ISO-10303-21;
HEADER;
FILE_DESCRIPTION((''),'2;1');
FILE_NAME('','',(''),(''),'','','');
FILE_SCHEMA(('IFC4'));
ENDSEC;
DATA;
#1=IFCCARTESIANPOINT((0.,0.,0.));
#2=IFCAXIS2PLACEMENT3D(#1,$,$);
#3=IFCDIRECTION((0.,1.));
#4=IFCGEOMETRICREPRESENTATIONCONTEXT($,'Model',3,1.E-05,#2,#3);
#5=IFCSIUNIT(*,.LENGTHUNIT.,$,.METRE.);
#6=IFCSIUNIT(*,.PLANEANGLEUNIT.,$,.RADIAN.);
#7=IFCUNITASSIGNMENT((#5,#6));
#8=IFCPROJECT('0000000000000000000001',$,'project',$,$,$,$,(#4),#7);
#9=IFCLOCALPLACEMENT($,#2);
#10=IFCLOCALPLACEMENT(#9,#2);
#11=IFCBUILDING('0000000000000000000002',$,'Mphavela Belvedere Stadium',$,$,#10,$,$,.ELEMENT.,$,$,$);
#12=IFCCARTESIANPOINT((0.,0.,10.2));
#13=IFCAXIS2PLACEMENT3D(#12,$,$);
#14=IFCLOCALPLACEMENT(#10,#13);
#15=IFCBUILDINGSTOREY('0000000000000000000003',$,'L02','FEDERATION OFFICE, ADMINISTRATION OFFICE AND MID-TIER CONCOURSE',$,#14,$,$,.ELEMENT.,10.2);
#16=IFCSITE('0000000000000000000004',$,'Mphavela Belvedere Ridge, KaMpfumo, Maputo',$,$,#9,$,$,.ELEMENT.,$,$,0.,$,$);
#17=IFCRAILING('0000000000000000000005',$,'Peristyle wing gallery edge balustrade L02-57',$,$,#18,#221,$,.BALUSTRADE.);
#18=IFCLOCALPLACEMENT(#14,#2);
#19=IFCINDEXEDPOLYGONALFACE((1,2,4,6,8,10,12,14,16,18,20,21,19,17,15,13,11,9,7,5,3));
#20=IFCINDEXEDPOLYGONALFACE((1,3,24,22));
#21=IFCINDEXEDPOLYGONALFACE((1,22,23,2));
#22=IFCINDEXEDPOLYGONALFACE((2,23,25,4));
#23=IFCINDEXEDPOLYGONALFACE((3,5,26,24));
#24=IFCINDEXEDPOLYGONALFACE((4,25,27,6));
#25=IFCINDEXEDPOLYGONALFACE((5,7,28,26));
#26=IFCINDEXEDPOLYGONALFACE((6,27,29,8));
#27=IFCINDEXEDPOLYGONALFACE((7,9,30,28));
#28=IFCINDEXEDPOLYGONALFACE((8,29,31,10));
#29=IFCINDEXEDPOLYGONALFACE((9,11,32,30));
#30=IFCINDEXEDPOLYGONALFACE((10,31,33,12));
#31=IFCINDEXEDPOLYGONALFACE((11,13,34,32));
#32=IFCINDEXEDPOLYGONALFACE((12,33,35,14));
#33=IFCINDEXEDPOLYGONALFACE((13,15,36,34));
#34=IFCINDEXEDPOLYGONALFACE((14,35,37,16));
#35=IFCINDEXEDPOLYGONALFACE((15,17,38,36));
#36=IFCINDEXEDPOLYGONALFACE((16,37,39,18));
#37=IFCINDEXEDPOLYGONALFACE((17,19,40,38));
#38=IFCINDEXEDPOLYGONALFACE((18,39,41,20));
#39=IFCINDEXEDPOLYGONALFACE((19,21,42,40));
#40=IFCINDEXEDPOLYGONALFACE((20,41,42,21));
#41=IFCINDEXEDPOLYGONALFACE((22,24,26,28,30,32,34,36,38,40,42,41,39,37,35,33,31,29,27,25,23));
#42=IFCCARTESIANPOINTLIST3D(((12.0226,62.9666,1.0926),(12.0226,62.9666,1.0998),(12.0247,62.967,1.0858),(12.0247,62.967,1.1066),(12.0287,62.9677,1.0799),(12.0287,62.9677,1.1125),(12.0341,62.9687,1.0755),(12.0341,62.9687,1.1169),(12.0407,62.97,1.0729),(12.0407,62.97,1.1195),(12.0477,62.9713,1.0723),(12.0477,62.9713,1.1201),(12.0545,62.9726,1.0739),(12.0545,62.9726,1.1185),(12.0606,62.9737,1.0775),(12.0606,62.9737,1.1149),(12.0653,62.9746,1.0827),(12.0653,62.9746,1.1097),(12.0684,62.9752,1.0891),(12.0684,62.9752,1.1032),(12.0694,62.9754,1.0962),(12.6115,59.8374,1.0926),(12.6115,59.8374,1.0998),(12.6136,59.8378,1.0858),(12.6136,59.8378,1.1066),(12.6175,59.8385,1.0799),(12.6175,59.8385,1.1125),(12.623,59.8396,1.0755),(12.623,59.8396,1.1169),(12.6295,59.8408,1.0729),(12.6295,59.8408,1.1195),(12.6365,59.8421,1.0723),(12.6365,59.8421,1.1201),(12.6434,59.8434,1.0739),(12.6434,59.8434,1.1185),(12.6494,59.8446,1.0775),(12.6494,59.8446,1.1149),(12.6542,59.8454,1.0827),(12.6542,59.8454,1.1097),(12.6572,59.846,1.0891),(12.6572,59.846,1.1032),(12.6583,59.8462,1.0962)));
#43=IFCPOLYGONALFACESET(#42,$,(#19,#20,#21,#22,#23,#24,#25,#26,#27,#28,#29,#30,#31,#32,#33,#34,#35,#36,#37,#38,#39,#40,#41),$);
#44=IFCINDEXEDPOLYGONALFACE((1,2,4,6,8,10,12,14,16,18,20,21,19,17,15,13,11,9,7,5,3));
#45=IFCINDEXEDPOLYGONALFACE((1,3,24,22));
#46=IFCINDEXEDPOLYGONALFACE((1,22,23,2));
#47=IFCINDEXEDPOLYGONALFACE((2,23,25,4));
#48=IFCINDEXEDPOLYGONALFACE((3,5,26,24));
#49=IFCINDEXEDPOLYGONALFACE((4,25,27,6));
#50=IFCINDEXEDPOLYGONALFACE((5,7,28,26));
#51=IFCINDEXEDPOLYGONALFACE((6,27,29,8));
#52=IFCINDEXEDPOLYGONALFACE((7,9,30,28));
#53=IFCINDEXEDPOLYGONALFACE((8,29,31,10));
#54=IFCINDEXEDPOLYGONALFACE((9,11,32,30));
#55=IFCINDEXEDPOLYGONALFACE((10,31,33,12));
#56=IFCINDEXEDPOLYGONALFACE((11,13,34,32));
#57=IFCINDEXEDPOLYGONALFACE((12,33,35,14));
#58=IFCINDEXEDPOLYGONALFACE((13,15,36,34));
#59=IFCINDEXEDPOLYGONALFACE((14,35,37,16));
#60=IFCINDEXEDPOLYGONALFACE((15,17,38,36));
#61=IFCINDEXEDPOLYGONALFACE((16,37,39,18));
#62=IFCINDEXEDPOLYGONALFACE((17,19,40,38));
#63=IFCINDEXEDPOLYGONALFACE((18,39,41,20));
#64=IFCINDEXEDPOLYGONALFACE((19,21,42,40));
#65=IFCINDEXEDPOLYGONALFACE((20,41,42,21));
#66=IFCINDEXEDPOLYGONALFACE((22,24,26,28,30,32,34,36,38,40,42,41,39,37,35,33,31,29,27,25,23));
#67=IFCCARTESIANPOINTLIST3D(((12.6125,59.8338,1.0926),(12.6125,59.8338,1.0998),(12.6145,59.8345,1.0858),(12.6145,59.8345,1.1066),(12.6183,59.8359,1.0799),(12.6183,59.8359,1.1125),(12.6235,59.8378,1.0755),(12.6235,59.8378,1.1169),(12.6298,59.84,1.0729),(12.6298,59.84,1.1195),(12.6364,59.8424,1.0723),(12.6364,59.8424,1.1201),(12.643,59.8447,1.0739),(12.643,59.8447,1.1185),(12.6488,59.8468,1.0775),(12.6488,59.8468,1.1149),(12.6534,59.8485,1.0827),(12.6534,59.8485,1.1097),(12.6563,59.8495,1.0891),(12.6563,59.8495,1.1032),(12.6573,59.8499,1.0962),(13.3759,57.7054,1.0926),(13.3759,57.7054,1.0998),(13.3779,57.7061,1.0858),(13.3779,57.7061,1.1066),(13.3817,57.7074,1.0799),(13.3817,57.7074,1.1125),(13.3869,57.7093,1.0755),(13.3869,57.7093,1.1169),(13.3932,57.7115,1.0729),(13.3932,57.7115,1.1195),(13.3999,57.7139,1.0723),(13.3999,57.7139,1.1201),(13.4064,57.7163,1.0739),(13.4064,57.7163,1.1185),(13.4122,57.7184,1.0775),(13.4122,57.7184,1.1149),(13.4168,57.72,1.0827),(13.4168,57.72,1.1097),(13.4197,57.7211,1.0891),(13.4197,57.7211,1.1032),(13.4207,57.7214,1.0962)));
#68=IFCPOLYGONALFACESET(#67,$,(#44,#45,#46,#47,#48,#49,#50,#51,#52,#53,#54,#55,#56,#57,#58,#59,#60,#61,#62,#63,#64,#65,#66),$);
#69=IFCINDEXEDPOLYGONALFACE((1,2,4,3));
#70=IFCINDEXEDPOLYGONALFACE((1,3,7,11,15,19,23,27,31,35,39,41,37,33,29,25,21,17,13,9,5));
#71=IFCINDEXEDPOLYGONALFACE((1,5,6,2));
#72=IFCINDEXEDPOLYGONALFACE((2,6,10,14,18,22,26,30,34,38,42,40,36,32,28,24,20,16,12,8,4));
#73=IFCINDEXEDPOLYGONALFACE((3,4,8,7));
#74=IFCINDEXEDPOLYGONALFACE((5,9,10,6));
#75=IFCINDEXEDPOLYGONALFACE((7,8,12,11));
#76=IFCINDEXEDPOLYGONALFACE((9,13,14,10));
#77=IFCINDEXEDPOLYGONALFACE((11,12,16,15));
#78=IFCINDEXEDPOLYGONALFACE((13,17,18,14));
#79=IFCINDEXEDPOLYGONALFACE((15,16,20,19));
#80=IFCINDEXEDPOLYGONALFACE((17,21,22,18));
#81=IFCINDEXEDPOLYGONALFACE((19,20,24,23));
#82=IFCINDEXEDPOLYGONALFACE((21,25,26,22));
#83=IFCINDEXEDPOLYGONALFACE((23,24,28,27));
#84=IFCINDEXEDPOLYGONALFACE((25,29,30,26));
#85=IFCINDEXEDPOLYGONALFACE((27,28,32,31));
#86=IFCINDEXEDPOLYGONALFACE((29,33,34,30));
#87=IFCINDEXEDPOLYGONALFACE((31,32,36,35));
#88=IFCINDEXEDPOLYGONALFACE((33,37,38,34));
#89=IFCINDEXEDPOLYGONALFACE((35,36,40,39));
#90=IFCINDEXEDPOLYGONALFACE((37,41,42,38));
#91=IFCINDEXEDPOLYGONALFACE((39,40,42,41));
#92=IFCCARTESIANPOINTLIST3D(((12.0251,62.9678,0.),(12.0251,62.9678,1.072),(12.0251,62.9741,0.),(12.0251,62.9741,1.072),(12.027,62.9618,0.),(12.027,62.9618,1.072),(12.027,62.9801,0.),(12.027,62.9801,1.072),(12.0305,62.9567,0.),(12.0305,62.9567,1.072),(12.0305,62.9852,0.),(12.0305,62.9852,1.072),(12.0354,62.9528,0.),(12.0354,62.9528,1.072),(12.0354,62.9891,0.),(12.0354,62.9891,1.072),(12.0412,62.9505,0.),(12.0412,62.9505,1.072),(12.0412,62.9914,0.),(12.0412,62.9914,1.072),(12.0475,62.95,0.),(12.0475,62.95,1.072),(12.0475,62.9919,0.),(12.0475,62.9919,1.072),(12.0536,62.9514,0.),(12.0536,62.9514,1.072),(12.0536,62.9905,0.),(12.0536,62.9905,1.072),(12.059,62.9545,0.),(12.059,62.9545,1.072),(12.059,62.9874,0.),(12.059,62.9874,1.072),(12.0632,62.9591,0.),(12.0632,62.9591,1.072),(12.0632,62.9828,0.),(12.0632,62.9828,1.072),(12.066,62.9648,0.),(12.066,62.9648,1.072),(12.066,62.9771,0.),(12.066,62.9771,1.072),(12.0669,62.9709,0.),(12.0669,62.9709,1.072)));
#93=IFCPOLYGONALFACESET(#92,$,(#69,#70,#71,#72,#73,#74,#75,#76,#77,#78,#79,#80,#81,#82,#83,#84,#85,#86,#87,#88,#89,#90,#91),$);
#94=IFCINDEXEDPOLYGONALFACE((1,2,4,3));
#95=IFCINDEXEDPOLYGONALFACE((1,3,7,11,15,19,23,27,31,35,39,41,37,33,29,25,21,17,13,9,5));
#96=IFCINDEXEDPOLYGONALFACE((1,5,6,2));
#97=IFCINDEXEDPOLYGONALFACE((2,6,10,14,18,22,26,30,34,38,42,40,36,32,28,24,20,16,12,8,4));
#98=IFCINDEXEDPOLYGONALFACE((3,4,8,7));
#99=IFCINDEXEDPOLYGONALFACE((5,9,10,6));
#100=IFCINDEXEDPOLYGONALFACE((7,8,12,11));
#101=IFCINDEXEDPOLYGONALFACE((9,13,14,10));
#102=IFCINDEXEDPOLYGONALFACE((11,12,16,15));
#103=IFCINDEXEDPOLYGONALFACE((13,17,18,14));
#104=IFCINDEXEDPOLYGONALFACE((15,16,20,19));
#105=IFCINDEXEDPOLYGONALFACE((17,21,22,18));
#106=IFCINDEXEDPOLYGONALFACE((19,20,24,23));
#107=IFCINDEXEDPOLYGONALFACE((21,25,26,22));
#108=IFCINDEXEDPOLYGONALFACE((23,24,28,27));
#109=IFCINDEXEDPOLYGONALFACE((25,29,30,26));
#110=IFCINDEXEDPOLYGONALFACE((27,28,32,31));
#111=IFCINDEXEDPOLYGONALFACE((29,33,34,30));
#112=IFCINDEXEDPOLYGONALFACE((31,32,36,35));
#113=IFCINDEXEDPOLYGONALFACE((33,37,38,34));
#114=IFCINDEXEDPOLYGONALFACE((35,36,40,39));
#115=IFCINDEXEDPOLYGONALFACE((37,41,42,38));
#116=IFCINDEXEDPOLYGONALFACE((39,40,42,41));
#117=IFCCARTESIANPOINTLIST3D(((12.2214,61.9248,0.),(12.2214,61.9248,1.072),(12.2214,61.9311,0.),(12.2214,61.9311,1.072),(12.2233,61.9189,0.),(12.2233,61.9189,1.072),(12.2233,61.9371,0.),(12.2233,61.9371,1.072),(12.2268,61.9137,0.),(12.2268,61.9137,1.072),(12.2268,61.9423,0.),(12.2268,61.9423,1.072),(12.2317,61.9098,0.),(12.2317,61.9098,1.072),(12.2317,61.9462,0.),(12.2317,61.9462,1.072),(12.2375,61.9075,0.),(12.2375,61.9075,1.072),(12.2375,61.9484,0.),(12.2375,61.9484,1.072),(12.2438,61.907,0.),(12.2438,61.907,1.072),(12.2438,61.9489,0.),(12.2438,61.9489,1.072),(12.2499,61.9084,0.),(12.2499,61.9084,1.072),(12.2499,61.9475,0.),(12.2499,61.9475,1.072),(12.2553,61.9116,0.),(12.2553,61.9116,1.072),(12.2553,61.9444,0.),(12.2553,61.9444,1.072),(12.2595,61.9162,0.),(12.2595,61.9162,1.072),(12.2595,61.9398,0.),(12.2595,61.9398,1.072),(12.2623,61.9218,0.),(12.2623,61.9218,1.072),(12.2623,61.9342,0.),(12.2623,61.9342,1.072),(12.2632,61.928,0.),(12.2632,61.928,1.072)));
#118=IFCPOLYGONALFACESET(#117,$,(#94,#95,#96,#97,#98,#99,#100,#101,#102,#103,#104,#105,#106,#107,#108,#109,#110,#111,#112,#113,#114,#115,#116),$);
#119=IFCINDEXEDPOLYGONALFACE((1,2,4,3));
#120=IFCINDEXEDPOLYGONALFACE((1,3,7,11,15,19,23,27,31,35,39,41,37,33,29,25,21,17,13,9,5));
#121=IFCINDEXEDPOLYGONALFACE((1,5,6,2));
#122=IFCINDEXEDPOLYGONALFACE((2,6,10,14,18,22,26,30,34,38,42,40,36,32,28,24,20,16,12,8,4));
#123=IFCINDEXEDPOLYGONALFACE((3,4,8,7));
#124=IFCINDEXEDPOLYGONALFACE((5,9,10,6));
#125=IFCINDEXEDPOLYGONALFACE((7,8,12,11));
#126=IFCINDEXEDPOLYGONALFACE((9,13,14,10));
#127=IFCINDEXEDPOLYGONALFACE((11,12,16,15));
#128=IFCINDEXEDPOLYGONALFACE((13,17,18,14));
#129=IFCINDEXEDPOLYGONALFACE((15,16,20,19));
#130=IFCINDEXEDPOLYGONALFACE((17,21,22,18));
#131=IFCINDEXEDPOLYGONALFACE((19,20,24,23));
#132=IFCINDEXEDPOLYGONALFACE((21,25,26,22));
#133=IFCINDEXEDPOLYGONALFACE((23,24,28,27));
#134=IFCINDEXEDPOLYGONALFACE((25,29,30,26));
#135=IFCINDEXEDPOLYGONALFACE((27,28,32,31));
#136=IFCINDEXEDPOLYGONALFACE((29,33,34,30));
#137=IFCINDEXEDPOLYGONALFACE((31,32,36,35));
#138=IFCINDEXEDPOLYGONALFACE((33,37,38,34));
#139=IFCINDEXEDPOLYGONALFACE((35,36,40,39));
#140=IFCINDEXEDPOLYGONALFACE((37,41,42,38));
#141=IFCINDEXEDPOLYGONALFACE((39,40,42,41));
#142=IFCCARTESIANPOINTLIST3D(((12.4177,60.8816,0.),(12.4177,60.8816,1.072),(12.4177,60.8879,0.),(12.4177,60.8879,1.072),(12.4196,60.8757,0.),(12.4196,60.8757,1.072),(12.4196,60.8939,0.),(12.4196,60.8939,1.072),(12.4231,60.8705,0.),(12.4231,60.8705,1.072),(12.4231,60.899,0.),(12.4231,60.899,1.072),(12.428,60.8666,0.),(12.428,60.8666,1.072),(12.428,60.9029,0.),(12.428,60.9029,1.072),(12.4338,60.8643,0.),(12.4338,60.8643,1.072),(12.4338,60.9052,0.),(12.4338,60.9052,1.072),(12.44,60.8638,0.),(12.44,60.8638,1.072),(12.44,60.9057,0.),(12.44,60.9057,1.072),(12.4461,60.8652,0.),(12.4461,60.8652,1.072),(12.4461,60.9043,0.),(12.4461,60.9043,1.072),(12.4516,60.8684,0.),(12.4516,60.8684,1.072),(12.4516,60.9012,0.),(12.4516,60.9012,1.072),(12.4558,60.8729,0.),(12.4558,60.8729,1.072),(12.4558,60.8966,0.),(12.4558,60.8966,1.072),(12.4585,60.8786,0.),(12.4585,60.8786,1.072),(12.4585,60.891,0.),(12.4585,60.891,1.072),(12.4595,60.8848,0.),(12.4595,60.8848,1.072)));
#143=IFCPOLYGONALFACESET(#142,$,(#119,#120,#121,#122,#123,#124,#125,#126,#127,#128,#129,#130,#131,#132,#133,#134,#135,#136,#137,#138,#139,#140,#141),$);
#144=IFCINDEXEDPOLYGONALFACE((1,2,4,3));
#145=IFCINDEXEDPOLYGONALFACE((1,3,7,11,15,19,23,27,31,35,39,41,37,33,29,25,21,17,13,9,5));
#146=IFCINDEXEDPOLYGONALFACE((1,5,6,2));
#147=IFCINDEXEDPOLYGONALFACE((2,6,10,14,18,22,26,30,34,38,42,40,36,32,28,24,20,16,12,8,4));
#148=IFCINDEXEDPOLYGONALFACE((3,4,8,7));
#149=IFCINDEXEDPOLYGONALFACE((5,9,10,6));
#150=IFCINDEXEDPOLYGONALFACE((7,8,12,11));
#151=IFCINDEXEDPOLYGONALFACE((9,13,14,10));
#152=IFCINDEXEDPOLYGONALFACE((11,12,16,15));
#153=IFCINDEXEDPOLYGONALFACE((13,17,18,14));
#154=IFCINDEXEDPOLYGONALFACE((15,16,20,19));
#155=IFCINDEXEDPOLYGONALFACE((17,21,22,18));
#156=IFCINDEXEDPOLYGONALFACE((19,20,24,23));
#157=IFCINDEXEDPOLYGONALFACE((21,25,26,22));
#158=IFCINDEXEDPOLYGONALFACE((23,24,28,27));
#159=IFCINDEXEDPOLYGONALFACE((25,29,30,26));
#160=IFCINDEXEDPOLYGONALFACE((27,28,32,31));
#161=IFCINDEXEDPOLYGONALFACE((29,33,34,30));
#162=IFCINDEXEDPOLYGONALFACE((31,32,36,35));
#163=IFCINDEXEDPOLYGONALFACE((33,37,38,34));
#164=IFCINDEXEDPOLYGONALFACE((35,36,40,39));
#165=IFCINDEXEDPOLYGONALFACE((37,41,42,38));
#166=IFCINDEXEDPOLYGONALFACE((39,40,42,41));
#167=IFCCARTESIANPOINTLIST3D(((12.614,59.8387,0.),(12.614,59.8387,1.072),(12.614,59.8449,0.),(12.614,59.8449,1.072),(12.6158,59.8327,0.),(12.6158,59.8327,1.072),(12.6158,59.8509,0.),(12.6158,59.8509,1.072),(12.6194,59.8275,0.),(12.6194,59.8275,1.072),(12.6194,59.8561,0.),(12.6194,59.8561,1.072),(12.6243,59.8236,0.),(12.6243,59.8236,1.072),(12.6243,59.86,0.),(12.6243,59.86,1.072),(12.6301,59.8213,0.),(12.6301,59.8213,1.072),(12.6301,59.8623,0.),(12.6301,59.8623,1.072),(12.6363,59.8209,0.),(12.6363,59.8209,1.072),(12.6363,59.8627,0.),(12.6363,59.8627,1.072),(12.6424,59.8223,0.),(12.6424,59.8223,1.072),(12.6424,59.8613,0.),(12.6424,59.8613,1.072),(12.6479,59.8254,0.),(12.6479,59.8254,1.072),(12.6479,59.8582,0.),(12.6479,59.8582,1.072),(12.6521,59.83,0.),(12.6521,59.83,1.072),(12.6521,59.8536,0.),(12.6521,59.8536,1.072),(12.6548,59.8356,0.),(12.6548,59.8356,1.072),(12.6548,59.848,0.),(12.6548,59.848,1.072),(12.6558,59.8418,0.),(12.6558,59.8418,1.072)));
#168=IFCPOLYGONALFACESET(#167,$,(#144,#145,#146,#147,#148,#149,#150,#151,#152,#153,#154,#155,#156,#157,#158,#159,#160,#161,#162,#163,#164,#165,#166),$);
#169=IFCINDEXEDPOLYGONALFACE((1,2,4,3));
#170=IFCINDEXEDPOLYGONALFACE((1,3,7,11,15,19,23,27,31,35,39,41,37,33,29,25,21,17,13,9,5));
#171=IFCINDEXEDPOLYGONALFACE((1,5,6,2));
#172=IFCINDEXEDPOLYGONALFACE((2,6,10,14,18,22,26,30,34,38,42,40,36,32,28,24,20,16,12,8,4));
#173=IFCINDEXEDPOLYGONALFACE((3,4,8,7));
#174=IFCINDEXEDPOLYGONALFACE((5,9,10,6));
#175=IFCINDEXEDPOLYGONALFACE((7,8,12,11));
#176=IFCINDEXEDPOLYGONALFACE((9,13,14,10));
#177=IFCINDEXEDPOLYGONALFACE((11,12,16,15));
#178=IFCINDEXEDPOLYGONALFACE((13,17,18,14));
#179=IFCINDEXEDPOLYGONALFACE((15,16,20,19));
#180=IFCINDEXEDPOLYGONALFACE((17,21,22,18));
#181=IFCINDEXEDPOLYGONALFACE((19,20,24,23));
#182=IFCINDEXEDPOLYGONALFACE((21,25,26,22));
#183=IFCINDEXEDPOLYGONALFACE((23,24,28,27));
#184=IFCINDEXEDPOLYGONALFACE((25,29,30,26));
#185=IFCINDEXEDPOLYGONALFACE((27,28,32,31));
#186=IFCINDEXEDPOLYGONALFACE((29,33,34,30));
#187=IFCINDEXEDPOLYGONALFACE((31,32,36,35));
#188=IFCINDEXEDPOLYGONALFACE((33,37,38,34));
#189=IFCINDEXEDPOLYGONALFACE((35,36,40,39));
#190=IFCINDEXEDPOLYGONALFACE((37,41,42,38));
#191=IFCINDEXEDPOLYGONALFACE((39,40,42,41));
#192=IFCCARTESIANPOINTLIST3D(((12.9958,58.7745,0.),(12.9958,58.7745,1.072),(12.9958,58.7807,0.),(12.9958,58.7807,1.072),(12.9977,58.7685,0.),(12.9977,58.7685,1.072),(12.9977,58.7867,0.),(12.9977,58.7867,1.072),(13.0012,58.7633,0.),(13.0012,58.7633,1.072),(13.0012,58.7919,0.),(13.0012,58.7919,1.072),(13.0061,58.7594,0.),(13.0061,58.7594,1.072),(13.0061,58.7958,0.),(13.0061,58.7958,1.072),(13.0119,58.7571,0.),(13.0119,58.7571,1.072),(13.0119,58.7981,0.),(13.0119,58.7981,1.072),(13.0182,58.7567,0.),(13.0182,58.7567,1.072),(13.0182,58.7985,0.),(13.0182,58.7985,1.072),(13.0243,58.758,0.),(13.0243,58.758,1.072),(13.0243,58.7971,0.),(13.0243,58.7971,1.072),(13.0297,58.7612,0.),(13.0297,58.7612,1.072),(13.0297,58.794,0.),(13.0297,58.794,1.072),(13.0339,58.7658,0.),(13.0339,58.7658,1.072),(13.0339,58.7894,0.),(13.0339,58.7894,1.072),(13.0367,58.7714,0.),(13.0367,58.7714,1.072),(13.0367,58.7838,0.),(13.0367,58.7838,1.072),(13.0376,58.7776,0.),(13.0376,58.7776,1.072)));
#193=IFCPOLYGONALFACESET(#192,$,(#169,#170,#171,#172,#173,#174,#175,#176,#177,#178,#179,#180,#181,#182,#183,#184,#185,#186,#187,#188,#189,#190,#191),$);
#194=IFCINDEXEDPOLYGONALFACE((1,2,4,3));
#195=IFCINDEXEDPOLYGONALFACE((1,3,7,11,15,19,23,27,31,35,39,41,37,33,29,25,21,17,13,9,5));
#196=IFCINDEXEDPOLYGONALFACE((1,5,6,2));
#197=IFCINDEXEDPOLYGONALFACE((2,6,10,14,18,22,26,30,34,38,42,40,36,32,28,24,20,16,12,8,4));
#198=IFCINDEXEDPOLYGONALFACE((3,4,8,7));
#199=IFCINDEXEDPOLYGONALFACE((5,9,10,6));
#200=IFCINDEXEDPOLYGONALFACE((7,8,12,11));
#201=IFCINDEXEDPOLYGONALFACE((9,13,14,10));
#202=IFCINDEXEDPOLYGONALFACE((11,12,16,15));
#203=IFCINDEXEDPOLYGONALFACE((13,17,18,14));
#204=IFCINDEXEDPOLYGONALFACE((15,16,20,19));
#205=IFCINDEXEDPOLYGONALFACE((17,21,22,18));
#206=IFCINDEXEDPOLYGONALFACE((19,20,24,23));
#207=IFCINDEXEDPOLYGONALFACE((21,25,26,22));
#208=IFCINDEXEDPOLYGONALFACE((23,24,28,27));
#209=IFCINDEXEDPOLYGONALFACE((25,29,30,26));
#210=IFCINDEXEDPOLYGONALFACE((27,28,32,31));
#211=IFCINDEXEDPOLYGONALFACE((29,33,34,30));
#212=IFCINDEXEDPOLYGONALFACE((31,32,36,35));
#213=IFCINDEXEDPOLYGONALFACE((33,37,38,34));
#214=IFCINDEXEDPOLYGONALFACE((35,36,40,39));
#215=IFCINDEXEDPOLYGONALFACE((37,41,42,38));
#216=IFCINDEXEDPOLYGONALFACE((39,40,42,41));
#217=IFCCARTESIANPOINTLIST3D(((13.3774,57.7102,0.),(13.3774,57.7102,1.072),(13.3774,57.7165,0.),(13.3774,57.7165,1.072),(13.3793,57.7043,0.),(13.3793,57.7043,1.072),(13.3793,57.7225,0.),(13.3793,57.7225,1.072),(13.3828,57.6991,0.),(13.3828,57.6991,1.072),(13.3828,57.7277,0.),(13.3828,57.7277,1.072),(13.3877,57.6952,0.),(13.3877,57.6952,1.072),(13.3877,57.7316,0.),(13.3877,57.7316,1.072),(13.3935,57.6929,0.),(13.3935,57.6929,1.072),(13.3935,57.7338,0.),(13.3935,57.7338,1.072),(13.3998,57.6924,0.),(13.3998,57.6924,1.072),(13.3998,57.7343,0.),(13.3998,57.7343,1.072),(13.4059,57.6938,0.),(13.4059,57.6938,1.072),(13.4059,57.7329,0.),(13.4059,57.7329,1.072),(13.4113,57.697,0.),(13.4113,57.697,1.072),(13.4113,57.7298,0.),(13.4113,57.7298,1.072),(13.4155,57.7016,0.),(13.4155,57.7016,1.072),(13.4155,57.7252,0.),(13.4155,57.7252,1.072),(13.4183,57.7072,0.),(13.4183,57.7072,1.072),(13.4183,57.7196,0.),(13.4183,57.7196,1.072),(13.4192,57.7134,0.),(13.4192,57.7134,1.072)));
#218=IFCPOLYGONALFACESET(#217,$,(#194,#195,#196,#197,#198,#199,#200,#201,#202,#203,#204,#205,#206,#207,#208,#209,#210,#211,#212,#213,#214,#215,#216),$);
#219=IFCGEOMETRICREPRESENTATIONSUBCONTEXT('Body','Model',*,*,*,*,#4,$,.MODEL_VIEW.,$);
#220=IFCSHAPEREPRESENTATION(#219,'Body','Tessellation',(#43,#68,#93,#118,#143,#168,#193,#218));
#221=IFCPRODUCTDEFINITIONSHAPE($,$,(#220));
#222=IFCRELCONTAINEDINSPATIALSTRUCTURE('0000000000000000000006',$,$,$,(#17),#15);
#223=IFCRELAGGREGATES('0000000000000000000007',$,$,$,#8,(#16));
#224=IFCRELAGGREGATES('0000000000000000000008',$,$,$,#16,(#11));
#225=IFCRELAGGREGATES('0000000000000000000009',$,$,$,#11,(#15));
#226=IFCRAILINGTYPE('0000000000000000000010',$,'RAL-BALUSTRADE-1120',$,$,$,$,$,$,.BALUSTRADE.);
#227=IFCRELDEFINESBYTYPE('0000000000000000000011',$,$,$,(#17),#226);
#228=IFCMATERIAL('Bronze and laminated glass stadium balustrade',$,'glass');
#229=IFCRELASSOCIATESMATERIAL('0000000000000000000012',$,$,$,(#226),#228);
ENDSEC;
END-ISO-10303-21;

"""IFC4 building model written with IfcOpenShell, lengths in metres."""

from ifc_helpers import new_model, si_unit, direction, frame, origin, origin_2d, place, context, subcontext, project, spatial, circle, extrude, material, type_object, element, save


model = new_model("IFC4")

# Units and contexts
model_context = context("Model", 3, precision=1e-05, world=origin(), true_north=direction((0.0, 1.0)))
body_context = subcontext(model_context, "Body", "Model", "MODEL_VIEW")
ifc_project = project(units=[si_unit("LENGTHUNIT", "METRE"), si_unit("PLANEANGLEUNIT", "RADIAN")], contexts=[model_context])

# Site, building, storey
site_placement = place(None, origin())
site = spatial("IfcSite", under=ifc_project, at=site_placement, Name="Mphavela Belvedere Ridge, KaMpfumo, Maputo", CompositionType="ELEMENT", RefElevation=0.0)
building_placement = place(site_placement, origin())
building = spatial("IfcBuilding", under=site, at=building_placement, Name="Mphavela Belvedere Stadium", CompositionType="ELEMENT")
storey_placement = place(building_placement, frame((0.0, 0.0, 10.2)))
storey = spatial("IfcBuildingStorey", under=building, at=storey_placement, Name="L02", Description="FEDERATION OFFICE, ADMINISTRATION OFFICE AND MID-TIER CONCOURSE", CompositionType="ELEMENT", Elevation=10.2)

# Railing
ifc_material_1 = material(Name="Bronze and laminated glass stadium balustrade", Category="glass")
railing_type = type_object("IfcRailingType", Name="RAL-BALUSTRADE-1120", PredefinedType="BALUSTRADE", material=ifc_material_1)
railing_placement = place(storey_placement, frame((12.0459, 62.9709, 0.0)))
element("IfcRailing", 1, at=railing_placement, inside=storey, type_object=railing_type, Name="Peristyle wing gallery edge balustrade L02-57", PredefinedType="BALUSTRADE", context=body_context, shape_type="SweptSolid", body=[
    extrude(circle(Radius=0.0239, at=origin_2d()), frame((0.0, 0.0, 1.0962), z_axis=(0.184941, -0.98275, 0.0), x_axis=(0.98275, 0.184941, 0.0)), (0.0, 0.0, 1.0), 3.1841),
    extrude(circle(Radius=0.0239, at=origin_2d()), frame((0.5889, -3.1292, 1.0962), z_axis=(0.337622, -0.941282, 0.0), x_axis=(0.941282, 0.337622, 0.0)), (0.0, 0.0, 1.0), 2.2612),
    extrude(circle(Radius=0.021, at=origin_2d()), origin(), (0.0, 0.0, 1.0), 1.072),
    extrude(circle(Radius=0.021, at=origin_2d()), frame((0.1963, -1.043, 0.0)), (0.0, 0.0, 1.0), 1.072),
    extrude(circle(Radius=0.021, at=origin_2d()), frame((0.3926, -2.0862, 0.0)), (0.0, 0.0, 1.0), 1.072),
    extrude(circle(Radius=0.021, at=origin_2d()), frame((0.5889, -3.1292, 0.0)), (0.0, 0.0, 1.0), 1.072),
    extrude(circle(Radius=0.021, at=origin_2d()), frame((0.9707, -4.1934, 0.0)), (0.0, 0.0, 1.0), 1.072),
    extrude(circle(Radius=0.021, at=origin_2d()), frame((1.3523, -5.2576, 0.0)), (0.0, 0.0, 1.0), 1.072),
])

save(model, "model.ifc")
